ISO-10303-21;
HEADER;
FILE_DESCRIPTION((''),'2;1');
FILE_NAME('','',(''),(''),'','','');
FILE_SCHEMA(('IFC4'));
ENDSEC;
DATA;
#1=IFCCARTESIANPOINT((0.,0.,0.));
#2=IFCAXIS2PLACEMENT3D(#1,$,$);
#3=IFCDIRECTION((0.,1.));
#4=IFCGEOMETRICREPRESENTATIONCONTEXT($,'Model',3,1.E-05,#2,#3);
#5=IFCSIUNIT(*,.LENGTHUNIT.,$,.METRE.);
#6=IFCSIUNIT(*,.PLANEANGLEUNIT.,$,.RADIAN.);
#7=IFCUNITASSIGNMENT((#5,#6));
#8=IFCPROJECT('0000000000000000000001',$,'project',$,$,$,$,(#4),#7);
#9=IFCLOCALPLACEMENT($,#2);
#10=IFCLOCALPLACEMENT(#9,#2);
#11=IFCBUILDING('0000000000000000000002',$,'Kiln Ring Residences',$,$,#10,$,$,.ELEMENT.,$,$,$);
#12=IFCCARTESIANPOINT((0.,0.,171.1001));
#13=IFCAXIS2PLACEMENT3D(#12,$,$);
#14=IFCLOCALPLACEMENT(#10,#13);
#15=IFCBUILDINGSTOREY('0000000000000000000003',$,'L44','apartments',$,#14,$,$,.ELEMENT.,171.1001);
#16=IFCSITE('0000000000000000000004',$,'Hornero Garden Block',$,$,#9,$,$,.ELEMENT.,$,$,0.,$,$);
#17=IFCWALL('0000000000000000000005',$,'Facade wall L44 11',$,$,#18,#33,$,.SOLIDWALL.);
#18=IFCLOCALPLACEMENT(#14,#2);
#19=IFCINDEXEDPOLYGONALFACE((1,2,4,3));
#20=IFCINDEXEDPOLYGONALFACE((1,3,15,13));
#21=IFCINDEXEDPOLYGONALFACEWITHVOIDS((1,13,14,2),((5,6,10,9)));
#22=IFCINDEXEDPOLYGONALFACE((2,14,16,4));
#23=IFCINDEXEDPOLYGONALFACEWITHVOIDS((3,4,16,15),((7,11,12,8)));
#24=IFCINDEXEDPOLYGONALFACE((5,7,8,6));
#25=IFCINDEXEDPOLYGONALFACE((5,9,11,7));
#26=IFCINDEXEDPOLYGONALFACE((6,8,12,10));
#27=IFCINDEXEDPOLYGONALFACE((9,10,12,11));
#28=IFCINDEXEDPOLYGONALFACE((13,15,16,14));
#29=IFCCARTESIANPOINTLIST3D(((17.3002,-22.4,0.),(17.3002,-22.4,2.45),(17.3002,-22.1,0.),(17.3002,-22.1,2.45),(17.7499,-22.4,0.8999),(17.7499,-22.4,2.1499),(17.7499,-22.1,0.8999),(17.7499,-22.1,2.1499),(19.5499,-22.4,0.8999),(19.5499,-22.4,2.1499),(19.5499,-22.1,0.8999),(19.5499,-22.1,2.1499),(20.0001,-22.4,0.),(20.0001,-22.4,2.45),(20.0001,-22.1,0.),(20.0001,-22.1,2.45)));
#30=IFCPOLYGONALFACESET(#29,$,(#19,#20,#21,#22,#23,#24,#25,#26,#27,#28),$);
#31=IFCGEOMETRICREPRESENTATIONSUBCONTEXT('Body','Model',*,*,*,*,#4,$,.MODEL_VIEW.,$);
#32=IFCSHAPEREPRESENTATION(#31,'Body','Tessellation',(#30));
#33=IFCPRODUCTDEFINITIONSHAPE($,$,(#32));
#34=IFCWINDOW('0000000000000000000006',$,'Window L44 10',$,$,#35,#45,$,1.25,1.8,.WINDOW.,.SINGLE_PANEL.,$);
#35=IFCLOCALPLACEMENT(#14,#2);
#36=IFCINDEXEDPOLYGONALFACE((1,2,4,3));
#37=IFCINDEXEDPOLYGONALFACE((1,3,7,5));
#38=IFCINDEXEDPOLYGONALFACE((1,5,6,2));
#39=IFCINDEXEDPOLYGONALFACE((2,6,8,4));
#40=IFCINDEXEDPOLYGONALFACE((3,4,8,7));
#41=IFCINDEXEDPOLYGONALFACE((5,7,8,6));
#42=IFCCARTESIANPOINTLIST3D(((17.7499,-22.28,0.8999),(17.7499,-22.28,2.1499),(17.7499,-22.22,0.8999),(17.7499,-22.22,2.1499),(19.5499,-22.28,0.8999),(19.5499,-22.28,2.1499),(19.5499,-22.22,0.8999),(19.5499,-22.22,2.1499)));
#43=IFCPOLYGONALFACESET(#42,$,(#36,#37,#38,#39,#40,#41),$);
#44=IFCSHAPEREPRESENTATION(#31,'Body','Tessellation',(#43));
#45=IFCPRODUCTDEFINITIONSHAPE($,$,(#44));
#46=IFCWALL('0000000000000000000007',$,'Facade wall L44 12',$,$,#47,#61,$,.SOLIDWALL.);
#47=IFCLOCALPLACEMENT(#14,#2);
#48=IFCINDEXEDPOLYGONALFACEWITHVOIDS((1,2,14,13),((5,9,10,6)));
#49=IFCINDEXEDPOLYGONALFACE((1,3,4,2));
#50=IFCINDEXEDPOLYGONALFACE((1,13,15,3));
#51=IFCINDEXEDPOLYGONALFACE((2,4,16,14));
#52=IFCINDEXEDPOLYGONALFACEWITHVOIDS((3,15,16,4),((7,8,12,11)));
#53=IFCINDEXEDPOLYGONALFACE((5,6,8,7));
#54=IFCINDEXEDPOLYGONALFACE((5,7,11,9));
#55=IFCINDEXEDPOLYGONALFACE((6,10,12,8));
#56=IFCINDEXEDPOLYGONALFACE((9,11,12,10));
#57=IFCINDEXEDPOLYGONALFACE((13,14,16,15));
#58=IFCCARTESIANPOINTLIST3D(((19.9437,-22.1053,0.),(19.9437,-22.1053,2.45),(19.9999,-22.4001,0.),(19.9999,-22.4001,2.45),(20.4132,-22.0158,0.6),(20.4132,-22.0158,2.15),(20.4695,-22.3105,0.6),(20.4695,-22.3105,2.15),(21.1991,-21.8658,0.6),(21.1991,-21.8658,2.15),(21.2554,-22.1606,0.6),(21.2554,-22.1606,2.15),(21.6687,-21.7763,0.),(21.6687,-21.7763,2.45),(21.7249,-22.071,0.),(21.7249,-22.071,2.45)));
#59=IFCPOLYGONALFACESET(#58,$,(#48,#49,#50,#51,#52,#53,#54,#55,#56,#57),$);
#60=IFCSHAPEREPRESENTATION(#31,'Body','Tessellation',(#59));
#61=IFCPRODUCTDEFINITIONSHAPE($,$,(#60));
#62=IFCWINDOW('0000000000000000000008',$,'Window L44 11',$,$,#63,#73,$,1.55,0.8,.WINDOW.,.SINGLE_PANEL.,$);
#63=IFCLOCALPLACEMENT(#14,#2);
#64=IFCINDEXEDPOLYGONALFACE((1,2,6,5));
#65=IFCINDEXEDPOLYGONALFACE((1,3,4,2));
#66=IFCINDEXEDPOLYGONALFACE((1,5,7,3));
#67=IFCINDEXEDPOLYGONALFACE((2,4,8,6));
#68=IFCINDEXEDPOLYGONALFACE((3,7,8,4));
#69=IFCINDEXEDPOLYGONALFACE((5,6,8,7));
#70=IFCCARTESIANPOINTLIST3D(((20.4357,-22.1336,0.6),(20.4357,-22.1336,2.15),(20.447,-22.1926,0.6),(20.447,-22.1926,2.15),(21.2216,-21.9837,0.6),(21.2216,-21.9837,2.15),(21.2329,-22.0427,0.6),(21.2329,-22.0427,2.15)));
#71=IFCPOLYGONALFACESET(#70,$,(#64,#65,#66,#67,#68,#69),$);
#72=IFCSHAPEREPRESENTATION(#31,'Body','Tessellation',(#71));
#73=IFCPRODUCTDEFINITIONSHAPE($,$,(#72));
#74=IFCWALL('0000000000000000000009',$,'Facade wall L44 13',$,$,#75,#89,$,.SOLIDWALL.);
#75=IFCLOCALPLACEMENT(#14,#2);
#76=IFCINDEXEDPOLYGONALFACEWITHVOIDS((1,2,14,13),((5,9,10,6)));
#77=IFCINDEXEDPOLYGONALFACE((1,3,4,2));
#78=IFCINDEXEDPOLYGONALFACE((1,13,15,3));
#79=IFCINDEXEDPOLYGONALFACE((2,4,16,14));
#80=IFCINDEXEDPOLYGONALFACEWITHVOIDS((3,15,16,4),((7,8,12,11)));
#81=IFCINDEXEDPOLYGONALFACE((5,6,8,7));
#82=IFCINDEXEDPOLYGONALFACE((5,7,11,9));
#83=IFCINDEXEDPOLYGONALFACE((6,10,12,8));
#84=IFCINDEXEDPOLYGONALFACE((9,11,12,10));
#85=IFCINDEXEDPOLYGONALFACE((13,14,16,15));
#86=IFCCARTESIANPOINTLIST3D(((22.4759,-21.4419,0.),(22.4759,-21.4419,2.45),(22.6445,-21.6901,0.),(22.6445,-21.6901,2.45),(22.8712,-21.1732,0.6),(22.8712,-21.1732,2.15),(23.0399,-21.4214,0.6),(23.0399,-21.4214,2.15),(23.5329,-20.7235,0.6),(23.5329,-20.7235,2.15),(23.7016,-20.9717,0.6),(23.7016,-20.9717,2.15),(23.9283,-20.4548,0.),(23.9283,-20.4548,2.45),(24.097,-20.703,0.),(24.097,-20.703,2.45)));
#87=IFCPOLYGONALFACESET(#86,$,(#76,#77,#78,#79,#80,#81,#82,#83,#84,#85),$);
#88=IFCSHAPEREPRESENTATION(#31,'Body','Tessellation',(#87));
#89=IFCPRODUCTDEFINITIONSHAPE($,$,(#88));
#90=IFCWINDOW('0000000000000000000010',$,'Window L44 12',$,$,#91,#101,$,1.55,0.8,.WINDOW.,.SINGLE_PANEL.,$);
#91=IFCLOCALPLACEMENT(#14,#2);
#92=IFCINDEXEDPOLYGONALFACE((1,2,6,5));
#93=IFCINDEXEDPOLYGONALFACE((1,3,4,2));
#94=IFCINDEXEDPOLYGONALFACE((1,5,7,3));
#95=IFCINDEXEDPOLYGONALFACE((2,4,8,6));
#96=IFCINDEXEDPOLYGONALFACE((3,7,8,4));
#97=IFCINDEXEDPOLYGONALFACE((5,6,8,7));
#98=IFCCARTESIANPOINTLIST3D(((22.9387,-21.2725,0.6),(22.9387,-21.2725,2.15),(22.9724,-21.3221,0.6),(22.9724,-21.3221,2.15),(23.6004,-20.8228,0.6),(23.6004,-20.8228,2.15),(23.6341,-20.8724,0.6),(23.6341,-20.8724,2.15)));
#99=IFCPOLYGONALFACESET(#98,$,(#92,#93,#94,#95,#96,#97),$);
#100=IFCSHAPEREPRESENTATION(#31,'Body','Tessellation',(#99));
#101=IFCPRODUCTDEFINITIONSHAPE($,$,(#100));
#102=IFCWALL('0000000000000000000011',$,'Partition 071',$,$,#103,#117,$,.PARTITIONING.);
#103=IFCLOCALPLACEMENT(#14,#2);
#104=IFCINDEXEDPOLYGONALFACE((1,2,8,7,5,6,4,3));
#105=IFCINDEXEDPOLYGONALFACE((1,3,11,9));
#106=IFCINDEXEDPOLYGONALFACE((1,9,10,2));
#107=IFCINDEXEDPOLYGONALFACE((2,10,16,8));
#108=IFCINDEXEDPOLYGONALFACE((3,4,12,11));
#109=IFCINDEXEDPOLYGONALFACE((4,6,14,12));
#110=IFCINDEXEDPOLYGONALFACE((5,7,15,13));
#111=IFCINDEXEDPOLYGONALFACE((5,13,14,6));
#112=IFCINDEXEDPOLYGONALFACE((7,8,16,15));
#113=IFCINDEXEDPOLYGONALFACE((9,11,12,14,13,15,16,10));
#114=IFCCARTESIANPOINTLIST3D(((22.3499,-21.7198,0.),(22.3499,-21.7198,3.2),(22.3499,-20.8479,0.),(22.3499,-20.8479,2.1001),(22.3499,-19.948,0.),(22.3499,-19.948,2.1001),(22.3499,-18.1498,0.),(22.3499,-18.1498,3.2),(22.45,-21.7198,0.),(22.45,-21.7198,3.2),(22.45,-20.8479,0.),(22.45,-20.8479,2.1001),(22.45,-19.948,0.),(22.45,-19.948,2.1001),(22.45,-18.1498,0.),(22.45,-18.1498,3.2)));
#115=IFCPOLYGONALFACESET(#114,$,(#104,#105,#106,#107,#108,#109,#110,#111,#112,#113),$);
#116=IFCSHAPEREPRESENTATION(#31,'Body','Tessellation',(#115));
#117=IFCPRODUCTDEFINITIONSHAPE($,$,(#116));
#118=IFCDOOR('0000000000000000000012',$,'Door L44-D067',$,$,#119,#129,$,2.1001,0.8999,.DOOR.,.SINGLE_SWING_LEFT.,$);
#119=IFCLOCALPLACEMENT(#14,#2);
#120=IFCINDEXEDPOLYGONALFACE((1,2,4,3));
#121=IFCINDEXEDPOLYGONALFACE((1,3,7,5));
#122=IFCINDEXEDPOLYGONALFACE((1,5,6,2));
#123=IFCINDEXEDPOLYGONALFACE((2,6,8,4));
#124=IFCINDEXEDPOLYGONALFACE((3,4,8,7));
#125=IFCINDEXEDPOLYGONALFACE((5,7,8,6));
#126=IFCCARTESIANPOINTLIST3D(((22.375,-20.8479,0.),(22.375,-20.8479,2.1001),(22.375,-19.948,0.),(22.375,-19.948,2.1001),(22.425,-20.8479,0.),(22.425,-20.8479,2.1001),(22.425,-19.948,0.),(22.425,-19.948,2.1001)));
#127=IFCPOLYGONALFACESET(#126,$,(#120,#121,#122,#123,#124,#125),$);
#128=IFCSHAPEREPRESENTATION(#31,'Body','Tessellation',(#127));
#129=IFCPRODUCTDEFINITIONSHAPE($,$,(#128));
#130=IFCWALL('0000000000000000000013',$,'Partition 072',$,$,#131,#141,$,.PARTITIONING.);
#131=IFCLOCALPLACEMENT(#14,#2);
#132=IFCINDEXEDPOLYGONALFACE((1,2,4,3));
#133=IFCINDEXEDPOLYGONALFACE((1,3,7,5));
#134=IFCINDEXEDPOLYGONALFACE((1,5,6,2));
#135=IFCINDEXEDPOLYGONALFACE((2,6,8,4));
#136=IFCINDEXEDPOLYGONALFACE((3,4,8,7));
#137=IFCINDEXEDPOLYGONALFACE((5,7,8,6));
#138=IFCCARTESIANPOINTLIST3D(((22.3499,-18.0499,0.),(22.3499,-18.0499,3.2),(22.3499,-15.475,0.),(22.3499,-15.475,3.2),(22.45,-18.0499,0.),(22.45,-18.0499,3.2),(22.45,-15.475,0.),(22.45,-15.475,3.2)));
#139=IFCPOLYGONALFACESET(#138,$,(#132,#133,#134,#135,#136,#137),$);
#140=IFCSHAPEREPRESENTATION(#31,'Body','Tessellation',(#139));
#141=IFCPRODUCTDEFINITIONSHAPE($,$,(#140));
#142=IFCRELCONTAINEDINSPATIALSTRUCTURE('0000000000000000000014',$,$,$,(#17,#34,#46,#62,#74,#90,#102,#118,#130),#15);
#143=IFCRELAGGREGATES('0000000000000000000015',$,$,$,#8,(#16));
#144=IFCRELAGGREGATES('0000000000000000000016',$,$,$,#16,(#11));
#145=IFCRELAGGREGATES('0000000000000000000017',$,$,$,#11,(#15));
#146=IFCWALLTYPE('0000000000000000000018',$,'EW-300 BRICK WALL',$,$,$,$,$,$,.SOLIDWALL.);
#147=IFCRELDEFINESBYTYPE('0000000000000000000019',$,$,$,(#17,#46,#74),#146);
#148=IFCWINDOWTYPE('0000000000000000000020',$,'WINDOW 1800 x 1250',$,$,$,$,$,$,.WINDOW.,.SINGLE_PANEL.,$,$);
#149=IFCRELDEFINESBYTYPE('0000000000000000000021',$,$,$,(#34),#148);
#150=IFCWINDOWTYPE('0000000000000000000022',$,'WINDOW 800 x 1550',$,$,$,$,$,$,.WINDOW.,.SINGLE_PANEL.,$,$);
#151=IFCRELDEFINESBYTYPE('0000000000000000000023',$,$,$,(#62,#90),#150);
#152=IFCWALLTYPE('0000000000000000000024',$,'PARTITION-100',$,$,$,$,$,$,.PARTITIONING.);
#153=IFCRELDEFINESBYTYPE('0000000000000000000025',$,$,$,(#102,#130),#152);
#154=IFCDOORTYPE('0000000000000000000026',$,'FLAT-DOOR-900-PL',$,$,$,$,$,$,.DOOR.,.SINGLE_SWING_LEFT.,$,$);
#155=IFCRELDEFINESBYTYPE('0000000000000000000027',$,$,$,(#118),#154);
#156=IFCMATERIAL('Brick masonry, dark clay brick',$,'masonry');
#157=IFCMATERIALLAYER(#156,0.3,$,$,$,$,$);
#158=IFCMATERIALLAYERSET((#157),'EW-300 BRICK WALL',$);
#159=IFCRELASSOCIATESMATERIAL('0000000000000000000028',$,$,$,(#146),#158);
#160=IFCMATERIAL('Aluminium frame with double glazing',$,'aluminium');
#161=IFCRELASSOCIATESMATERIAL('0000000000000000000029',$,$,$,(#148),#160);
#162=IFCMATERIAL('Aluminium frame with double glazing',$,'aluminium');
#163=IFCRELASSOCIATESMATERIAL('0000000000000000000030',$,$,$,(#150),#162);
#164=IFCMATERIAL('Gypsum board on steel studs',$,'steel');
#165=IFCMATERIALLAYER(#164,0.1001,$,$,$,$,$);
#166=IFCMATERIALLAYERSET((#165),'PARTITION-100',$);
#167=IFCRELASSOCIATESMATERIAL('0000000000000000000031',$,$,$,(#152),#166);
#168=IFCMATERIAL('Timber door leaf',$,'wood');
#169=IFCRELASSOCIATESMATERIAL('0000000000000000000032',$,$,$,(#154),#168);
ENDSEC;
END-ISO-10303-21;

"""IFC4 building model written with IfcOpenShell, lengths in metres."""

from ifc_helpers import new_model, si_unit, direction, frame, frame_2d, origin, place, context, subcontext, project, spatial, rectangle, extrude, material, layer, layer_set, type_object, element, fill, save


model = new_model("IFC4")

# Units and contexts
model_context = context("Model", 3, precision=1e-05, world=origin(), true_north=direction((0.0, 1.0)))
body_context = subcontext(model_context, "Body", "Model", "MODEL_VIEW")
ifc_project = project(units=[si_unit("LENGTHUNIT", "METRE"), si_unit("PLANEANGLEUNIT", "RADIAN")], contexts=[model_context])

# Site, building, storey
site_placement = place(None, origin())
site = spatial("IfcSite", under=ifc_project, at=site_placement, Name="Hornero Garden Block", CompositionType="ELEMENT", RefElevation=0.0)
building_placement = place(site_placement, origin())
building = spatial("IfcBuilding", under=site, at=building_placement, Name="Kiln Ring Residences", CompositionType="ELEMENT")
storey_placement = place(building_placement, frame((0.0, 0.0, 171.1001)))
storey = spatial("IfcBuildingStorey", under=building, at=storey_placement, Name="L44", Description="apartments", CompositionType="ELEMENT", Elevation=171.1001)

# Walls, openings, windows
ifc_material_1 = material(Name="Brick masonry, dark clay brick", Category="masonry")
ifc_layer_1 = layer(ifc_material_1, 0.3)
ifc_layer_set_1 = layer_set([ifc_layer_1], Name="EW-300 BRICK WALL")
wall_type_1 = type_object("IfcWallType", Name="EW-300 BRICK WALL", PredefinedType="SOLIDWALL", material=ifc_layer_set_1)
wall_1_placement = place(storey_placement, frame((17.3, -22.25, 0.0), z_axis=(0.0, 0.0, 1.0), x_axis=(1.0, 0.0, 0.0)))
wall_1 = element("IfcWall", 1, at=wall_1_placement, inside=storey, type_object=wall_type_1, Name="Facade wall L44 11", PredefinedType="SOLIDWALL", context=body_context, shape_type="SweptSolid", body=[
    extrude(rectangle(XDim=2.7, YDim=0.3, at=frame_2d((1.3501, 0.0))), origin(), (0.0, 0.0, 1.0), 2.45),
])
opening_1_placement = place(wall_1_placement, frame((0.45, 0.0, 0.8999)))
opening_1 = element("IfcOpeningElement", 2, at=opening_1_placement, cuts=wall_1, PredefinedType="OPENING", context=body_context, shape_type="SweptSolid", body=[
    extrude(rectangle(XDim=1.8, YDim=1.25, at=frame_2d((0.8999, 0.625))), frame((0.0, 0.1599, 0.0), z_axis=(0.0, -1.0, 0.0), x_axis=(1.0, 0.0, 0.0)), (0.0, 0.0, 1.0), 0.3201),
])
ifc_material_2 = material(Name="Aluminium frame with double glazing", Category="aluminium")
window_type_1 = type_object("IfcWindowType", Name="WINDOW 1800 x 1250", PartitioningType="SINGLE_PANEL", PredefinedType="WINDOW", material=ifc_material_2)
window_1_placement = place(opening_1_placement, origin())
window_1 = element("IfcWindow", 3, at=window_1_placement, inside=storey, type_object=window_type_1, Name="Window L44 10", OverallHeight=1.25, OverallWidth=1.8, PartitioningType="SINGLE_PANEL", PredefinedType="WINDOW", context=body_context, shape_type="SweptSolid", body=[
    extrude(rectangle(XDim=1.8, YDim=1.25, at=frame_2d((0.8999, 0.625))), frame((0.0, 0.03, 0.0), z_axis=(0.0, -1.0, 0.0), x_axis=(1.0, 0.0, 0.0)), (0.0, 0.0, 1.0), 0.0601),
])
fill(opening_1, window_1)
wall_2_placement = place(storey_placement, frame((19.9719, -22.2527, 0.0), z_axis=(0.0, 0.0, 1.0), x_axis=(0.982285, 0.187393, 0.0)))
wall_2 = element("IfcWall", 4, at=wall_2_placement, inside=storey, type_object=wall_type_1, Name="Facade wall L44 12", PredefinedType="SOLIDWALL", context=body_context, shape_type="SweptSolid", body=[
    extrude(rectangle(XDim=1.7561, YDim=0.3, at=frame_2d((0.8779, 0.0))), origin(), (0.0, 0.0, 1.0), 2.45),
])
opening_2_placement = place(wall_2_placement, frame((0.478, 0.0, 0.6001)))
opening_2 = element("IfcOpeningElement", 5, at=opening_2_placement, cuts=wall_2, PredefinedType="OPENING", context=body_context, shape_type="SweptSolid", body=[
    extrude(rectangle(XDim=0.8, YDim=1.55, at=frame_2d((0.3999, 0.7749))), frame((0.0, 0.1599, 0.0), z_axis=(0.0, -1.0, 0.0), x_axis=(1.0, 0.0, 0.0)), (0.0, 0.0, 1.0), 0.3201),
])
ifc_material_3 = material(Name="Aluminium frame with double glazing", Category="aluminium")
window_type_2 = type_object("IfcWindowType", Name="WINDOW 800 x 1550", PartitioningType="SINGLE_PANEL", PredefinedType="WINDOW", material=ifc_material_3)
window_2_placement = place(opening_2_placement, origin())
window_2 = element("IfcWindow", 6, at=window_2_placement, inside=storey, type_object=window_type_2, Name="Window L44 11", OverallHeight=1.55, OverallWidth=0.8, PartitioningType="SINGLE_PANEL", PredefinedType="WINDOW", context=body_context, shape_type="SweptSolid", body=[
    extrude(rectangle(XDim=0.8, YDim=1.55, at=frame_2d((0.3999, 0.7749))), frame((0.0, 0.03, 0.0), z_axis=(0.0, -1.0, 0.0), x_axis=(1.0, 0.0, 0.0)), (0.0, 0.0, 1.0), 0.0601),
])
fill(opening_2, window_2)
wall_3_placement = place(storey_placement, frame((22.5603, -21.5659, 0.0), z_axis=(0.0, 0.0, 1.0), x_axis=(0.827076, 0.562089, 0.0)))
wall_3 = element("IfcWall", 7, at=wall_3_placement, inside=storey, type_object=wall_type_1, Name="Facade wall L44 13", PredefinedType="SOLIDWALL", context=body_context, shape_type="SweptSolid", body=[
    extrude(rectangle(XDim=1.7561, YDim=0.3, at=frame_2d((0.8779, 0.0))), origin(), (0.0, 0.0, 1.0), 2.45),
])
opening_3_placement = place(wall_3_placement, frame((0.478, 0.0, 0.6001)))
opening_3 = element("IfcOpeningElement", 8, at=opening_3_placement, cuts=wall_3, PredefinedType="OPENING", context=body_context, shape_type="SweptSolid", body=[
    extrude(rectangle(XDim=0.8, YDim=1.55, at=frame_2d((0.3999, 0.7749))), frame((0.0, 0.1599, 0.0), z_axis=(0.0, -1.0, 0.0), x_axis=(1.0, 0.0, 0.0)), (0.0, 0.0, 1.0), 0.3201),
])
window_3_placement = place(opening_3_placement, origin())
window_3 = element("IfcWindow", 9, at=window_3_placement, inside=storey, type_object=window_type_2, Name="Window L44 12", OverallHeight=1.55, OverallWidth=0.8, PartitioningType="SINGLE_PANEL", PredefinedType="WINDOW", context=body_context, shape_type="SweptSolid", body=[
    extrude(rectangle(XDim=0.8, YDim=1.55, at=frame_2d((0.3999, 0.7749))), frame((0.0, 0.03, 0.0), z_axis=(0.0, -1.0, 0.0), x_axis=(1.0, 0.0, 0.0)), (0.0, 0.0, 1.0), 0.0601),
])
fill(opening_3, window_3)

# Wall, opening, door
ifc_material_4 = material(Name="Gypsum board on steel studs", Category="steel")
ifc_layer_2 = layer(ifc_material_4, 0.1001)
ifc_layer_set_2 = layer_set([ifc_layer_2], Name="PARTITION-100")
wall_type_2 = type_object("IfcWallType", Name="PARTITION-100", PredefinedType="PARTITIONING", material=ifc_layer_set_2)
wall_4_placement = place(storey_placement, frame((22.3999, -21.72, 0.0), z_axis=(0.0, 0.0, 1.0), x_axis=(0.0, 1.0, 0.0)))
wall_4 = element("IfcWall", 10, at=wall_4_placement, inside=storey, type_object=wall_type_2, Name="Partition 071", PredefinedType="PARTITIONING", context=body_context, shape_type="SweptSolid", body=[
    extrude(rectangle(XDim=3.5701, YDim=0.1001, at=frame_2d((1.7852, 0.0))), origin(), (0.0, 0.0, 1.0), 3.2),
])
opening_4_placement = place(wall_4_placement, frame((0.8721, 0.0, 0.0)))
opening_4 = element("IfcOpeningElement", 11, at=opening_4_placement, cuts=wall_4, PredefinedType="OPENING", context=body_context, shape_type="SweptSolid", body=[
    extrude(rectangle(XDim=0.8999, YDim=2.1001, at=frame_2d((0.45, 1.05))), frame((0.0, 0.0601, 0.0), z_axis=(0.0, -1.0, 0.0), x_axis=(1.0, 0.0, 0.0)), (0.0, 0.0, 1.0), 0.1201),
])
ifc_material_5 = material(Name="Timber door leaf", Category="wood")
door_type_1 = type_object("IfcDoorType", Name="FLAT-DOOR-900-PL", OperationType="SINGLE_SWING_LEFT", PredefinedType="DOOR", material=ifc_material_5)
door_1_placement = place(opening_4_placement, origin())
door_1 = element("IfcDoor", 12, at=door_1_placement, inside=storey, type_object=door_type_1, Name="Door L44-D067", OperationType="SINGLE_SWING_LEFT", OverallHeight=2.1001, OverallWidth=0.8999, PredefinedType="DOOR", context=body_context, shape_type="SweptSolid", body=[
    extrude(rectangle(XDim=0.8999, YDim=2.1001, at=frame_2d((0.45, 1.05))), frame((0.0, 0.0249, 0.0), z_axis=(0.0, -1.0, 0.0), x_axis=(1.0, 0.0, 0.0)), (0.0, 0.0, 1.0), 0.05),
])
fill(opening_4, door_1)

# Wall
wall_5_placement = place(storey_placement, frame((22.3999, -18.05, 0.0), z_axis=(0.0, 0.0, 1.0), x_axis=(0.0, 1.0, 0.0)))
element("IfcWall", 13, at=wall_5_placement, inside=storey, type_object=wall_type_2, Name="Partition 072", PredefinedType="PARTITIONING", context=body_context, shape_type="SweptSolid", body=[
    extrude(rectangle(XDim=2.575, YDim=0.1001, at=frame_2d((1.2876, 0.0))), origin(), (0.0, 0.0, 1.0), 3.2),
])

save(model, "model.ifc")
